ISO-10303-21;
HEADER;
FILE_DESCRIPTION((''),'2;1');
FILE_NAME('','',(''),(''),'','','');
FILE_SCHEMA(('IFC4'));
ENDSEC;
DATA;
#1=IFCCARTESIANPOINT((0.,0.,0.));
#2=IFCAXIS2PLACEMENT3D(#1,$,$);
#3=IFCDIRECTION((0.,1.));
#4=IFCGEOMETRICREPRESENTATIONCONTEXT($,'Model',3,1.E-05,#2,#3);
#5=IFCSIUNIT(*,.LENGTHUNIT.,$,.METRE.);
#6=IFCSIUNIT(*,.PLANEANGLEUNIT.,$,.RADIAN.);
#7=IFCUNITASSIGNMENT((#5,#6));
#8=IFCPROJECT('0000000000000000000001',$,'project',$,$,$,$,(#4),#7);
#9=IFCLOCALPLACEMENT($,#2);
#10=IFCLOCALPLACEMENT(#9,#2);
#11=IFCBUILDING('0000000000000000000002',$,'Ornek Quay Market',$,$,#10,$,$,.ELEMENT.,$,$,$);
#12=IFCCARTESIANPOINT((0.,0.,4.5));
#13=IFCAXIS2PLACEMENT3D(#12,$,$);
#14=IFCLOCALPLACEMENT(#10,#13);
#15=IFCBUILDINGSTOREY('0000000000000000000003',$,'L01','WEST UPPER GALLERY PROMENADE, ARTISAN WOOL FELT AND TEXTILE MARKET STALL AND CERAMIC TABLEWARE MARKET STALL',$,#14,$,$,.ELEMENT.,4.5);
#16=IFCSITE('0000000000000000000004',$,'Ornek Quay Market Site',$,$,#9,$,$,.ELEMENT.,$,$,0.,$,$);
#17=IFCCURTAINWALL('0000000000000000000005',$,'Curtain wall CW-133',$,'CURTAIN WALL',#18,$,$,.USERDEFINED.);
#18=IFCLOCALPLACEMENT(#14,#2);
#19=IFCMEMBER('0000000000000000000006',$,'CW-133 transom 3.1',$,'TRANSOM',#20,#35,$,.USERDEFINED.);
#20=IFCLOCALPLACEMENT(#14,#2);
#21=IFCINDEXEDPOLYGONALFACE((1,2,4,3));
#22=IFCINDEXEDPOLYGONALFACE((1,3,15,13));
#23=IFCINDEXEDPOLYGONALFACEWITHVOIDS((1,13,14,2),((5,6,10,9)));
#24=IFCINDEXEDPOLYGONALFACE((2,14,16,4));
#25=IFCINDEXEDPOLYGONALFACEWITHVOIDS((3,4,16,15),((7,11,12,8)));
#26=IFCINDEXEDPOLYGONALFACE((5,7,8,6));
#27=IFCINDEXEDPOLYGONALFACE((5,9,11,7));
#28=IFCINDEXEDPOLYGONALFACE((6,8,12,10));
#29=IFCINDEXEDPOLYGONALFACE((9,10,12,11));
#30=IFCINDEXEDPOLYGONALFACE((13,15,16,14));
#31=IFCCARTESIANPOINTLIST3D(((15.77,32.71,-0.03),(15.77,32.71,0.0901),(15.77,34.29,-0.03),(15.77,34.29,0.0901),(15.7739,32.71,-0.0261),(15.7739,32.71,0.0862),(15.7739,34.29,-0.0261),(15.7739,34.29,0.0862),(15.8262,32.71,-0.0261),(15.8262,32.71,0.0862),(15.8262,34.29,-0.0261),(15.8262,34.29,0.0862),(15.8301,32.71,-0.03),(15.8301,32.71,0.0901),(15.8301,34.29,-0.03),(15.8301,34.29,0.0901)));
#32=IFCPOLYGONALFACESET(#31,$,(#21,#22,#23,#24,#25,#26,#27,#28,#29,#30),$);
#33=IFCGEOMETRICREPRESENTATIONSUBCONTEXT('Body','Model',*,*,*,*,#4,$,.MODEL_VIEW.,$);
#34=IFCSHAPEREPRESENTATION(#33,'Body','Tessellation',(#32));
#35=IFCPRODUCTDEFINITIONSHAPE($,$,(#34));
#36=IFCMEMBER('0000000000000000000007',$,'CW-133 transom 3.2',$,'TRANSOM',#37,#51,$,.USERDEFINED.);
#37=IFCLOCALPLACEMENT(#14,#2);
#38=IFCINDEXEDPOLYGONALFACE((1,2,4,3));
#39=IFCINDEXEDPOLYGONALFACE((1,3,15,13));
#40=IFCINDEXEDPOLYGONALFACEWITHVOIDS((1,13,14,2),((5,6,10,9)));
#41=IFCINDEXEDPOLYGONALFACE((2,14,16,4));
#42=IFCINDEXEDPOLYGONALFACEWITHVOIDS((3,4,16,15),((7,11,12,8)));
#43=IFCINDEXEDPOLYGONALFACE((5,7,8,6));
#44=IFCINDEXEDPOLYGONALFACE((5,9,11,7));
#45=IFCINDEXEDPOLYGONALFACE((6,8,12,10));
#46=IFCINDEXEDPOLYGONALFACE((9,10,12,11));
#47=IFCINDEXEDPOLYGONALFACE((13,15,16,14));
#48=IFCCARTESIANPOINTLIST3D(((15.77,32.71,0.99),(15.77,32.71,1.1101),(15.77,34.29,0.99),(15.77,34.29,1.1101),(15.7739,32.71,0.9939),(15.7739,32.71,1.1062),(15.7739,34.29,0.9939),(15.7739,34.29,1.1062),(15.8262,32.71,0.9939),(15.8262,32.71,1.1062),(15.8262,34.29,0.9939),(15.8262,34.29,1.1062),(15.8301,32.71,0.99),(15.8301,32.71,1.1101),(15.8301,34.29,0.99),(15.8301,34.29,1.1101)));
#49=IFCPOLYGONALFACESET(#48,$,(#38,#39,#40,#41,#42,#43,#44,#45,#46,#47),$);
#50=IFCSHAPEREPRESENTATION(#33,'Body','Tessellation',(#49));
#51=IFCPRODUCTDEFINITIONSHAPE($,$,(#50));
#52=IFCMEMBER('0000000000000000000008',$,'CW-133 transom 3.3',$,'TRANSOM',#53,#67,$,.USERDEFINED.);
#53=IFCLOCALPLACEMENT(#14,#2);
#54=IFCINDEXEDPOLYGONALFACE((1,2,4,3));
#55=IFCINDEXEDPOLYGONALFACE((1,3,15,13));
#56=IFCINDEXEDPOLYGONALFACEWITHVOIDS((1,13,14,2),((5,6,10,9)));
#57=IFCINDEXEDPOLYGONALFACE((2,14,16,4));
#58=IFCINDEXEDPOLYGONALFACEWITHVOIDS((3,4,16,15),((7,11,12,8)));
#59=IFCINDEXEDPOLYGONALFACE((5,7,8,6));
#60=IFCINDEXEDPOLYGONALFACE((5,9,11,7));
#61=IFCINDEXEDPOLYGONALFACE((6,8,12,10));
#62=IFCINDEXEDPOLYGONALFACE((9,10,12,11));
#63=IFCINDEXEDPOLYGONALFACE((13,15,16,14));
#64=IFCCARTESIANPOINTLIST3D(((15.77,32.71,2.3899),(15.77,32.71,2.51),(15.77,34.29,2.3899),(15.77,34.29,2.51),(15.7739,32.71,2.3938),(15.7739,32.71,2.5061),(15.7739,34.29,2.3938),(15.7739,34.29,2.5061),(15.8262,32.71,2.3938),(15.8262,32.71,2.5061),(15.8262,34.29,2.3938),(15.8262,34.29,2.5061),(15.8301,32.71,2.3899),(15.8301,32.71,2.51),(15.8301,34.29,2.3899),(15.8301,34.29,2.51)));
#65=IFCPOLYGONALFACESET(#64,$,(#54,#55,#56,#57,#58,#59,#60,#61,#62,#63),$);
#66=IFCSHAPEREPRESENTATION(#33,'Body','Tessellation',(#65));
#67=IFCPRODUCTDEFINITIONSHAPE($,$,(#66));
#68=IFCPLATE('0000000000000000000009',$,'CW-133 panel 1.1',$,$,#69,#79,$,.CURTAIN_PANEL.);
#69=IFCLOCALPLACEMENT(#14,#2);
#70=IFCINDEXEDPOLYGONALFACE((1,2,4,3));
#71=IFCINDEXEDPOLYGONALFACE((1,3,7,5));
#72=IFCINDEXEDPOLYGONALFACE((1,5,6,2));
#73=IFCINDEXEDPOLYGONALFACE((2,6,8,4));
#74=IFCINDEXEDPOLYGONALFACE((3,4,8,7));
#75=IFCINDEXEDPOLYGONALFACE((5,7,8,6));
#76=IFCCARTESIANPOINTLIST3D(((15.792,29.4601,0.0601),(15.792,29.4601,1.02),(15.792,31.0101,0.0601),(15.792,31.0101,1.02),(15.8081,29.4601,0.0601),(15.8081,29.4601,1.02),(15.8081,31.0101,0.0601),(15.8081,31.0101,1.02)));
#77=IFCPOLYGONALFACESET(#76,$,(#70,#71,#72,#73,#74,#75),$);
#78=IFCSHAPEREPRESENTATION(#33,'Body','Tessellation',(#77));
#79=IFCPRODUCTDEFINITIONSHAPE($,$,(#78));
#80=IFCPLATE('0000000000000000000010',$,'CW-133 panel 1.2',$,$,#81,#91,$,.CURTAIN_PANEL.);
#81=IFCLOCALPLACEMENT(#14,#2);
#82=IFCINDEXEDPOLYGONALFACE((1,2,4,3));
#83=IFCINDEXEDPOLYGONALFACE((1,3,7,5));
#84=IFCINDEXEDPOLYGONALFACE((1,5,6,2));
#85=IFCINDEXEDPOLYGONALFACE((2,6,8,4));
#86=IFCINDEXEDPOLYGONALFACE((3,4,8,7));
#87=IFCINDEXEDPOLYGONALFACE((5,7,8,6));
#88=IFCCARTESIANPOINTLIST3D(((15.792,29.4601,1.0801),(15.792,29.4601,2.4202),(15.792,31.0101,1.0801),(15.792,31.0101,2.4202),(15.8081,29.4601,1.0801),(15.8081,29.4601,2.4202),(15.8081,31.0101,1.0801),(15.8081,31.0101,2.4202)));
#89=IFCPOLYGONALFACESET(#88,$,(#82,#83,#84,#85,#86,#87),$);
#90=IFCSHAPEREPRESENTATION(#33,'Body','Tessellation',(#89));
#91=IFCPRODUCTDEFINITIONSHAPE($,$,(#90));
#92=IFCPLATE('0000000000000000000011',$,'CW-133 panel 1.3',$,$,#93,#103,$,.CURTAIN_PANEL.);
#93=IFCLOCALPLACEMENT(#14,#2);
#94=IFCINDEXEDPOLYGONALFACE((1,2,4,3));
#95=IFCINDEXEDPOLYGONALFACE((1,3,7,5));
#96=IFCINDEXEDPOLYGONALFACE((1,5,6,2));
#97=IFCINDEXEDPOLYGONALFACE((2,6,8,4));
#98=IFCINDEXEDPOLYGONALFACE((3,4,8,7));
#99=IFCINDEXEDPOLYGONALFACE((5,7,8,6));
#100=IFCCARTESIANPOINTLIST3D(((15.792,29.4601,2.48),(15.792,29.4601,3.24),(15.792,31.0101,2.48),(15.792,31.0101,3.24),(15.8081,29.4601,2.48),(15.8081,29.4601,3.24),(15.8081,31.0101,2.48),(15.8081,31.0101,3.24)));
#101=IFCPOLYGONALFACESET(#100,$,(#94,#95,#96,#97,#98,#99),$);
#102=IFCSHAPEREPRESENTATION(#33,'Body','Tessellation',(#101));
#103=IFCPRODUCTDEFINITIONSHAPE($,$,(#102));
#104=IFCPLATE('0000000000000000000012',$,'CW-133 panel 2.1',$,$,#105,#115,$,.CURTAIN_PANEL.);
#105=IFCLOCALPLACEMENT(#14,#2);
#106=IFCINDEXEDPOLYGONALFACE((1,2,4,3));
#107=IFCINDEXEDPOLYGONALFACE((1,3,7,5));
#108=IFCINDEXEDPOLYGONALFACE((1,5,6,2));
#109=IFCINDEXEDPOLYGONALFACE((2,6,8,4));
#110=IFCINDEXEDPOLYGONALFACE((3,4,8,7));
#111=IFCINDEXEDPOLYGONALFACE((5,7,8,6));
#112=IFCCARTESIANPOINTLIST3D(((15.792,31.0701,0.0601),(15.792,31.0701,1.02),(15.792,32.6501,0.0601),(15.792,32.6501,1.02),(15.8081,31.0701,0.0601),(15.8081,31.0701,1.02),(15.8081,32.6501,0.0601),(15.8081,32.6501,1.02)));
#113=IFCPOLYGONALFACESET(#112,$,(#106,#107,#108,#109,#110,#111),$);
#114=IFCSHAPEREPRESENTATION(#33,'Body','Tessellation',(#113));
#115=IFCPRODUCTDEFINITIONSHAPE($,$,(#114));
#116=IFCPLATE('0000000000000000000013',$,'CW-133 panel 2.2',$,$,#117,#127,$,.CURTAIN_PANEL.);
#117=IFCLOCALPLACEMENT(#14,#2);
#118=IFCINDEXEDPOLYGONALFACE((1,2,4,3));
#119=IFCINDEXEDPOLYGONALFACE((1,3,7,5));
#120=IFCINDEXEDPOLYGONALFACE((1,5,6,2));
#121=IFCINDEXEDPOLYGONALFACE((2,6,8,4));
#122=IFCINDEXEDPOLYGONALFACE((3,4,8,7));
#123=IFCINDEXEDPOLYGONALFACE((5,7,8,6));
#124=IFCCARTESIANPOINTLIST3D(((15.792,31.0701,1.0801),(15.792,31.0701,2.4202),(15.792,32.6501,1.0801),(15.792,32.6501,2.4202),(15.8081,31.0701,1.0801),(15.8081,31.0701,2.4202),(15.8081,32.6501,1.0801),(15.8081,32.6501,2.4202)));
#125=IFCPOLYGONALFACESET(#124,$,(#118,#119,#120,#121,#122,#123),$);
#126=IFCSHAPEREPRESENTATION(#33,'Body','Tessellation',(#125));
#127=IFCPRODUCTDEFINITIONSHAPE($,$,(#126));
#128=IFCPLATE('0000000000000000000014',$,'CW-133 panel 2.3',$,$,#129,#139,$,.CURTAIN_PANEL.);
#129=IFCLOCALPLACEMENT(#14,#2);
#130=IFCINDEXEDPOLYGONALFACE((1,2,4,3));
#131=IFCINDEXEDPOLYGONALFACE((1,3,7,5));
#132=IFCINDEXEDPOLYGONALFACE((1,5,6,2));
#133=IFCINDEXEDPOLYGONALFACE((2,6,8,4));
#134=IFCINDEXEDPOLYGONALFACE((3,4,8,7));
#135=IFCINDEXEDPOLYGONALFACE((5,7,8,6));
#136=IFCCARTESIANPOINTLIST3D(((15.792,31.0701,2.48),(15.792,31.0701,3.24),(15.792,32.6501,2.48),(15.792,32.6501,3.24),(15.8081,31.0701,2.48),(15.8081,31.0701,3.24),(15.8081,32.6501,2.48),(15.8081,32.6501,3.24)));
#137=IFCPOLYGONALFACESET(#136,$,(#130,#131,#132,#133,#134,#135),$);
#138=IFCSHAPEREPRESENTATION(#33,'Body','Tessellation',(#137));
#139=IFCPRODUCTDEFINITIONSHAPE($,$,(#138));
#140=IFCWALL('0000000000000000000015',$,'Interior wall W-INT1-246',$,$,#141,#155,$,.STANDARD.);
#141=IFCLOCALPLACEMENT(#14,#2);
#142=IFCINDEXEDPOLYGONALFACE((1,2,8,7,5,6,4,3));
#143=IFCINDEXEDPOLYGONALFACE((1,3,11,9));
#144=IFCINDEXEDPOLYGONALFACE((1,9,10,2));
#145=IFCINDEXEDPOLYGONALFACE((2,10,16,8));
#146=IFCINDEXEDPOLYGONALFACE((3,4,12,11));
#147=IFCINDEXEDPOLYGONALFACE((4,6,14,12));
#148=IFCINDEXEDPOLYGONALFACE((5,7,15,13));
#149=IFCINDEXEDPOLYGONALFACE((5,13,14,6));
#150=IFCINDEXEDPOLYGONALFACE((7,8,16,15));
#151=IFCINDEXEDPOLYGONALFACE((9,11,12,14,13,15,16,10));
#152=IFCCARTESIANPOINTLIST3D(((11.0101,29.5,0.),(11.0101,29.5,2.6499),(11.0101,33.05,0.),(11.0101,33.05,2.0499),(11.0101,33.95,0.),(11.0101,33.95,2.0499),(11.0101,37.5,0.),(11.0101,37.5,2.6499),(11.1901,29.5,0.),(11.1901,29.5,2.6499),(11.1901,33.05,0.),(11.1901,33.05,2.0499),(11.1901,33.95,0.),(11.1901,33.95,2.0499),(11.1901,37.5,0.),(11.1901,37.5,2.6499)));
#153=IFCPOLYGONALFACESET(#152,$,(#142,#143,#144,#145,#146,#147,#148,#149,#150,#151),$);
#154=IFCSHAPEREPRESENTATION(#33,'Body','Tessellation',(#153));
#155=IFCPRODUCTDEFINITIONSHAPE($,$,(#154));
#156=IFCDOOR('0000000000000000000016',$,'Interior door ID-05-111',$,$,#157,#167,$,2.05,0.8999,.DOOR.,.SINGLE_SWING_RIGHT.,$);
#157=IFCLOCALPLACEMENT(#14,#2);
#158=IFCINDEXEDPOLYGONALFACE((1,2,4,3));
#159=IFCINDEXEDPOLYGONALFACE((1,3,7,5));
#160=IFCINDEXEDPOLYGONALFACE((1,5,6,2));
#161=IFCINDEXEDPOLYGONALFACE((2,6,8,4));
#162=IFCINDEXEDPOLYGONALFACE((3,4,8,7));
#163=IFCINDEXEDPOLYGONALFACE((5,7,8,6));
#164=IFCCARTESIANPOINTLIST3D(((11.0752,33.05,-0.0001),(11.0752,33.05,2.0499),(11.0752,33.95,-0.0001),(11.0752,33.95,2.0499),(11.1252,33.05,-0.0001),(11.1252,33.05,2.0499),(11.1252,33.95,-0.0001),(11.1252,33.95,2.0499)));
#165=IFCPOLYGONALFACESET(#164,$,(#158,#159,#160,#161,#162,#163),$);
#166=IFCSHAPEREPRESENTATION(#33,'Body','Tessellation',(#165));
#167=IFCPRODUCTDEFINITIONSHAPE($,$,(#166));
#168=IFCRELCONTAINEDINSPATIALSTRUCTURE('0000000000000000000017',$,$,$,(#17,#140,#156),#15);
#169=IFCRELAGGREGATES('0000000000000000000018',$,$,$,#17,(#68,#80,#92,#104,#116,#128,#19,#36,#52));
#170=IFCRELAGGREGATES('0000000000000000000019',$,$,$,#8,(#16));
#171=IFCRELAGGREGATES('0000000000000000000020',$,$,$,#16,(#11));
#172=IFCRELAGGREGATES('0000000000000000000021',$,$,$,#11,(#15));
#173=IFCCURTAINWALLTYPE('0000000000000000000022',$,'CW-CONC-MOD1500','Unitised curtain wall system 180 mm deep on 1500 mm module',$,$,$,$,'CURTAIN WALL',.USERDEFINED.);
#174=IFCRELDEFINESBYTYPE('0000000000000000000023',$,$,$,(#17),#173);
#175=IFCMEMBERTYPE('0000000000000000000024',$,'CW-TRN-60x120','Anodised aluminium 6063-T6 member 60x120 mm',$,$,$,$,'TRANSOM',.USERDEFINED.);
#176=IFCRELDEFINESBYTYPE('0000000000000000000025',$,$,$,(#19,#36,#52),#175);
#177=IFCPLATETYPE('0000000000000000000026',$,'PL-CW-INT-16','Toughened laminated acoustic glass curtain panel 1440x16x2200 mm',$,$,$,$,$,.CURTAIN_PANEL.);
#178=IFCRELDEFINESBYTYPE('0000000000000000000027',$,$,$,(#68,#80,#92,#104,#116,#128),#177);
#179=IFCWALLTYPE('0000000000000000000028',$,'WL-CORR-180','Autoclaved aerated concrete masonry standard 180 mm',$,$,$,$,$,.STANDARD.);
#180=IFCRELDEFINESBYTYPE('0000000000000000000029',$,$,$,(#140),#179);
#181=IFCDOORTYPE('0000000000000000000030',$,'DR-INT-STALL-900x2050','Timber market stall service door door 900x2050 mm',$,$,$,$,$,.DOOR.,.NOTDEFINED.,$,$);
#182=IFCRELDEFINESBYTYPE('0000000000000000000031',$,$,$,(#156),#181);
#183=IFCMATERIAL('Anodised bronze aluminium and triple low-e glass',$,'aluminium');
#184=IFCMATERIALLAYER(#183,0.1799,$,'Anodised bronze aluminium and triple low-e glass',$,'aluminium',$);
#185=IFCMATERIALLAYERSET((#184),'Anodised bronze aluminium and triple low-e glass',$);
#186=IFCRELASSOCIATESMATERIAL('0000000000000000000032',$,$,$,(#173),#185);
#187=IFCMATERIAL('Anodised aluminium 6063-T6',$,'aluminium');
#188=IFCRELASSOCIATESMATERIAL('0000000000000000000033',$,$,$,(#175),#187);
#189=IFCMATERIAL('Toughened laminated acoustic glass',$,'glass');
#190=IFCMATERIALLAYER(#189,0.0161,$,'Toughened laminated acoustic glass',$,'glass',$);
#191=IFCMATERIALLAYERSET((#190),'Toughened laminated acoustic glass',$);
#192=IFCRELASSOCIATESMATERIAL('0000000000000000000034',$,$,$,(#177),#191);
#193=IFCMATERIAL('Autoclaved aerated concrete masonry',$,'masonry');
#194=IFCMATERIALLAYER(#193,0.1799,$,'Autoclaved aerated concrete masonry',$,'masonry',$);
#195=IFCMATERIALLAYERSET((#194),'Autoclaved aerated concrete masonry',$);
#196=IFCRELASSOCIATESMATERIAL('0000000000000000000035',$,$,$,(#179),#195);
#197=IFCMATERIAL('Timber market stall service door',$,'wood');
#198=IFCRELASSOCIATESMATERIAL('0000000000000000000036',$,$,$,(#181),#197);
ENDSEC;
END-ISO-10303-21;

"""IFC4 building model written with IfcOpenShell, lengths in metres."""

from ifc_helpers import new_model, si_unit, direction, frame, frame_2d, origin, origin_2d, place, context, subcontext, project, spatial, rectangle, hollow_rectangle, extrude, material, layer, layer_set, material_profile, profile_set, type_object, element, fill, aggregate, save


model = new_model("IFC4")

# Units and contexts
model_context = context("Model", 3, precision=1e-05, world=origin(), true_north=direction((0.0, 1.0)))
body_context = subcontext(model_context, "Body", "Model", "MODEL_VIEW")
ifc_project = project(units=[si_unit("LENGTHUNIT", "METRE"), si_unit("PLANEANGLEUNIT", "RADIAN")], contexts=[model_context])

# Site, building, storey
site_placement = place(None, origin())
site = spatial("IfcSite", under=ifc_project, at=site_placement, Name="Ornek Quay Market Site", CompositionType="ELEMENT", RefElevation=0.0)
building_placement = place(site_placement, origin())
building = spatial("IfcBuilding", under=site, at=building_placement, Name="Ornek Quay Market", CompositionType="ELEMENT")
storey_placement = place(building_placement, frame((0.0, 0.0, 4.5)))
storey = spatial("IfcBuildingStorey", under=building, at=storey_placement, Name="L01", Description="WEST UPPER GALLERY PROMENADE, ARTISAN WOOL FELT AND TEXTILE MARKET STALL AND CERAMIC TABLEWARE MARKET STALL", CompositionType="ELEMENT", Elevation=4.5)

# Curtain wall, members, plates
ifc_material_1 = material(Name="Anodised bronze aluminium and triple low-e glass", Category="aluminium")
ifc_layer_1 = layer(ifc_material_1, 0.1799, Name="Anodised bronze aluminium and triple low-e glass", Category="aluminium")
ifc_layer_set_1 = layer_set([ifc_layer_1], Name="Anodised bronze aluminium and triple low-e glass")
curtain_wall_type = type_object("IfcCurtainWallType", Name="CW-CONC-MOD1500", Description="Unitised curtain wall system 180 mm deep on 1500 mm module", ElementType="CURTAIN WALL", PredefinedType="USERDEFINED", material=ifc_layer_set_1)
curtain_wall_placement = place(storey_placement, origin())
curtain_wall = element("IfcCurtainWall", 1, at=curtain_wall_placement, inside=storey, type_object=curtain_wall_type, Name="Curtain wall CW-133", ObjectType="CURTAIN WALL", PredefinedType="USERDEFINED")
ifc_material_2 = material(Name="Anodised aluminium 6063-T6", Category="aluminium")
ifc_material_profile_1 = material_profile(ifc_material_2, hollow_rectangle(XDim=0.0601, YDim=0.1201, WallThickness=0.0039, at=origin_2d()), Name="CW-TRN-60x120", Category="aluminium")
ifc_profile_set_1 = profile_set([ifc_material_profile_1], Name="Anodised aluminium 6063-T6")
member_type_1 = type_object("IfcMemberType", Name="CW-TRN-60x120", Description="Anodised aluminium 6063-T6 member 60x120 mm", ElementType="TRANSOM", PredefinedType="USERDEFINED", material=ifc_profile_set_1)
member_1_placement = place(storey_placement, frame((15.8, 32.71, 0.03), z_axis=(0.0, 1.0, 0.0), x_axis=(-1.0, 0.0, 0.0)))
member_1 = element("IfcMember", 2, at=member_1_placement, type_object=member_type_1, Name="CW-133 transom 3.1", ObjectType="TRANSOM", PredefinedType="USERDEFINED", context=body_context, shape_type="SweptSolid", body=[
    extrude(hollow_rectangle(XDim=0.0601, YDim=0.1201, WallThickness=0.0039, at=origin_2d()), origin(), (0.0, 0.0, 1.0), 1.5801),
])
member_2_placement = place(storey_placement, frame((15.8, 32.71, 1.05), z_axis=(0.0, 1.0, 0.0), x_axis=(-1.0, 0.0, 0.0)))
member_2 = element("IfcMember", 3, at=member_2_placement, type_object=member_type_1, Name="CW-133 transom 3.2", ObjectType="TRANSOM", PredefinedType="USERDEFINED", context=body_context, shape_type="SweptSolid", body=[
    extrude(hollow_rectangle(XDim=0.0601, YDim=0.1201, WallThickness=0.0039, at=origin_2d()), origin(), (0.0, 0.0, 1.0), 1.5801),
])
member_3_placement = place(storey_placement, frame((15.8, 32.71, 2.45), z_axis=(0.0, 1.0, 0.0), x_axis=(-1.0, 0.0, 0.0)))
member_3 = element("IfcMember", 4, at=member_3_placement, type_object=member_type_1, Name="CW-133 transom 3.3", ObjectType="TRANSOM", PredefinedType="USERDEFINED", context=body_context, shape_type="SweptSolid", body=[
    extrude(hollow_rectangle(XDim=0.0601, YDim=0.1201, WallThickness=0.0039, at=origin_2d()), origin(), (0.0, 0.0, 1.0), 1.5801),
])
ifc_material_3 = material(Name="Toughened laminated acoustic glass", Category="glass")
ifc_layer_2 = layer(ifc_material_3, 0.0161, Name="Toughened laminated acoustic glass", Category="glass")
ifc_layer_set_2 = layer_set([ifc_layer_2], Name="Toughened laminated acoustic glass")
plate_type = type_object("IfcPlateType", Name="PL-CW-INT-16", Description="Toughened laminated acoustic glass curtain panel 1440x16x2200 mm", PredefinedType="CURTAIN_PANEL", material=ifc_layer_set_2)
plate_1_placement = place(storey_placement, frame((15.8, 30.2351, 0.0601), z_axis=(0.0, 0.0, 1.0), x_axis=(0.0, 1.0, 0.0)))
plate_1 = element("IfcPlate", 5, at=plate_1_placement, type_object=plate_type, Name="CW-133 panel 1.1", PredefinedType="CURTAIN_PANEL", context=body_context, shape_type="SweptSolid", body=[
    extrude(rectangle(XDim=1.55, YDim=0.0161, at=origin_2d()), origin(), (0.0, 0.0, 1.0), 0.96),
])
plate_2_placement = place(storey_placement, frame((15.8, 30.2351, 1.0801), z_axis=(0.0, 0.0, 1.0), x_axis=(0.0, 1.0, 0.0)))
plate_2 = element("IfcPlate", 6, at=plate_2_placement, type_object=plate_type, Name="CW-133 panel 1.2", PredefinedType="CURTAIN_PANEL", context=body_context, shape_type="SweptSolid", body=[
    extrude(rectangle(XDim=1.55, YDim=0.0161, at=origin_2d()), origin(), (0.0, 0.0, 1.0), 1.3401),
])
plate_3_placement = place(storey_placement, frame((15.8, 30.2351, 2.48), z_axis=(0.0, 0.0, 1.0), x_axis=(0.0, 1.0, 0.0)))
plate_3 = element("IfcPlate", 7, at=plate_3_placement, type_object=plate_type, Name="CW-133 panel 1.3", PredefinedType="CURTAIN_PANEL", context=body_context, shape_type="SweptSolid", body=[
    extrude(rectangle(XDim=1.55, YDim=0.0161, at=origin_2d()), origin(), (0.0, 0.0, 1.0), 0.76),
])
plate_4_placement = place(storey_placement, frame((15.8, 31.8601, 0.0601), z_axis=(0.0, 0.0, 1.0), x_axis=(0.0, 1.0, 0.0)))
plate_4 = element("IfcPlate", 8, at=plate_4_placement, type_object=plate_type, Name="CW-133 panel 2.1", PredefinedType="CURTAIN_PANEL", context=body_context, shape_type="SweptSolid", body=[
    extrude(rectangle(XDim=1.5801, YDim=0.0161, at=origin_2d()), origin(), (0.0, 0.0, 1.0), 0.96),
])
plate_5_placement = place(storey_placement, frame((15.8, 31.8601, 1.0801), z_axis=(0.0, 0.0, 1.0), x_axis=(0.0, 1.0, 0.0)))
plate_5 = element("IfcPlate", 9, at=plate_5_placement, type_object=plate_type, Name="CW-133 panel 2.2", PredefinedType="CURTAIN_PANEL", context=body_context, shape_type="SweptSolid", body=[
    extrude(rectangle(XDim=1.5801, YDim=0.0161, at=origin_2d()), origin(), (0.0, 0.0, 1.0), 1.3401),
])
plate_6_placement = place(storey_placement, frame((15.8, 31.8601, 2.48), z_axis=(0.0, 0.0, 1.0), x_axis=(0.0, 1.0, 0.0)))
plate_6 = element("IfcPlate", 10, at=plate_6_placement, type_object=plate_type, Name="CW-133 panel 2.3", PredefinedType="CURTAIN_PANEL", context=body_context, shape_type="SweptSolid", body=[
    extrude(rectangle(XDim=1.5801, YDim=0.0161, at=origin_2d()), origin(), (0.0, 0.0, 1.0), 0.76),
])
aggregate(curtain_wall, [plate_1, plate_2, plate_3, plate_4, plate_5, plate_6, member_1, member_2, member_3])

# Wall, opening, door
ifc_material_4 = material(Name="Autoclaved aerated concrete masonry", Category="masonry")
ifc_layer_3 = layer(ifc_material_4, 0.1799, Name="Autoclaved aerated concrete masonry", Category="masonry")
ifc_layer_set_3 = layer_set([ifc_layer_3], Name="Autoclaved aerated concrete masonry")
wall_type = type_object("IfcWallType", Name="WL-CORR-180", Description="Autoclaved aerated concrete masonry standard 180 mm", PredefinedType="STANDARD", material=ifc_layer_set_3)
wall_placement = place(storey_placement, frame((11.1001, 29.5, 0.0), z_axis=(0.0, 0.0, 1.0), x_axis=(0.0, 1.0, 0.0)))
wall = element("IfcWall", 11, at=wall_placement, inside=storey, type_object=wall_type, Name="Interior wall W-INT1-246", PredefinedType="STANDARD", context=body_context, shape_type="SweptSolid", body=[
    extrude(rectangle(XDim=8.0, YDim=0.1799, at=frame_2d((4.0, 0.0))), origin(), (0.0, 0.0, 1.0), 2.6499),
])
opening_placement = place(wall_placement, frame((3.55, 0.0, 0.0)))
opening = element("IfcOpeningElement", 12, at=opening_placement, cuts=wall, PredefinedType="OPENING", context=body_context, shape_type="SweptSolid", body=[
    extrude(rectangle(XDim=0.8999, YDim=2.05, at=frame_2d((0.45, 1.0249))), frame((0.0, 0.0999, 0.0), z_axis=(0.0, -1.0, 0.0), x_axis=(1.0, 0.0, 0.0)), (0.0, 0.0, 1.0), 0.2),
])
ifc_material_5 = material(Name="Timber market stall service door", Category="wood")
door_type = type_object("IfcDoorType", Name="DR-INT-STALL-900x2050", Description="Timber market stall service door door 900x2050 mm", OperationType="NOTDEFINED", PredefinedType="DOOR", material=ifc_material_5)
door_placement = place(opening_placement, origin())
door = element("IfcDoor", 13, at=door_placement, inside=storey, type_object=door_type, Name="Interior door ID-05-111", OperationType="SINGLE_SWING_RIGHT", OverallHeight=2.05, OverallWidth=0.8999, PredefinedType="DOOR", context=body_context, shape_type="SweptSolid", body=[
    extrude(rectangle(XDim=0.8999, YDim=2.05, at=frame_2d((0.45, 1.0249))), frame((0.0, 0.0249, 0.0), z_axis=(0.0, -1.0, 0.0), x_axis=(1.0, 0.0, 0.0)), (0.0, 0.0, 1.0), 0.05),
])
fill(opening, door)

save(model, "model.ifc")
